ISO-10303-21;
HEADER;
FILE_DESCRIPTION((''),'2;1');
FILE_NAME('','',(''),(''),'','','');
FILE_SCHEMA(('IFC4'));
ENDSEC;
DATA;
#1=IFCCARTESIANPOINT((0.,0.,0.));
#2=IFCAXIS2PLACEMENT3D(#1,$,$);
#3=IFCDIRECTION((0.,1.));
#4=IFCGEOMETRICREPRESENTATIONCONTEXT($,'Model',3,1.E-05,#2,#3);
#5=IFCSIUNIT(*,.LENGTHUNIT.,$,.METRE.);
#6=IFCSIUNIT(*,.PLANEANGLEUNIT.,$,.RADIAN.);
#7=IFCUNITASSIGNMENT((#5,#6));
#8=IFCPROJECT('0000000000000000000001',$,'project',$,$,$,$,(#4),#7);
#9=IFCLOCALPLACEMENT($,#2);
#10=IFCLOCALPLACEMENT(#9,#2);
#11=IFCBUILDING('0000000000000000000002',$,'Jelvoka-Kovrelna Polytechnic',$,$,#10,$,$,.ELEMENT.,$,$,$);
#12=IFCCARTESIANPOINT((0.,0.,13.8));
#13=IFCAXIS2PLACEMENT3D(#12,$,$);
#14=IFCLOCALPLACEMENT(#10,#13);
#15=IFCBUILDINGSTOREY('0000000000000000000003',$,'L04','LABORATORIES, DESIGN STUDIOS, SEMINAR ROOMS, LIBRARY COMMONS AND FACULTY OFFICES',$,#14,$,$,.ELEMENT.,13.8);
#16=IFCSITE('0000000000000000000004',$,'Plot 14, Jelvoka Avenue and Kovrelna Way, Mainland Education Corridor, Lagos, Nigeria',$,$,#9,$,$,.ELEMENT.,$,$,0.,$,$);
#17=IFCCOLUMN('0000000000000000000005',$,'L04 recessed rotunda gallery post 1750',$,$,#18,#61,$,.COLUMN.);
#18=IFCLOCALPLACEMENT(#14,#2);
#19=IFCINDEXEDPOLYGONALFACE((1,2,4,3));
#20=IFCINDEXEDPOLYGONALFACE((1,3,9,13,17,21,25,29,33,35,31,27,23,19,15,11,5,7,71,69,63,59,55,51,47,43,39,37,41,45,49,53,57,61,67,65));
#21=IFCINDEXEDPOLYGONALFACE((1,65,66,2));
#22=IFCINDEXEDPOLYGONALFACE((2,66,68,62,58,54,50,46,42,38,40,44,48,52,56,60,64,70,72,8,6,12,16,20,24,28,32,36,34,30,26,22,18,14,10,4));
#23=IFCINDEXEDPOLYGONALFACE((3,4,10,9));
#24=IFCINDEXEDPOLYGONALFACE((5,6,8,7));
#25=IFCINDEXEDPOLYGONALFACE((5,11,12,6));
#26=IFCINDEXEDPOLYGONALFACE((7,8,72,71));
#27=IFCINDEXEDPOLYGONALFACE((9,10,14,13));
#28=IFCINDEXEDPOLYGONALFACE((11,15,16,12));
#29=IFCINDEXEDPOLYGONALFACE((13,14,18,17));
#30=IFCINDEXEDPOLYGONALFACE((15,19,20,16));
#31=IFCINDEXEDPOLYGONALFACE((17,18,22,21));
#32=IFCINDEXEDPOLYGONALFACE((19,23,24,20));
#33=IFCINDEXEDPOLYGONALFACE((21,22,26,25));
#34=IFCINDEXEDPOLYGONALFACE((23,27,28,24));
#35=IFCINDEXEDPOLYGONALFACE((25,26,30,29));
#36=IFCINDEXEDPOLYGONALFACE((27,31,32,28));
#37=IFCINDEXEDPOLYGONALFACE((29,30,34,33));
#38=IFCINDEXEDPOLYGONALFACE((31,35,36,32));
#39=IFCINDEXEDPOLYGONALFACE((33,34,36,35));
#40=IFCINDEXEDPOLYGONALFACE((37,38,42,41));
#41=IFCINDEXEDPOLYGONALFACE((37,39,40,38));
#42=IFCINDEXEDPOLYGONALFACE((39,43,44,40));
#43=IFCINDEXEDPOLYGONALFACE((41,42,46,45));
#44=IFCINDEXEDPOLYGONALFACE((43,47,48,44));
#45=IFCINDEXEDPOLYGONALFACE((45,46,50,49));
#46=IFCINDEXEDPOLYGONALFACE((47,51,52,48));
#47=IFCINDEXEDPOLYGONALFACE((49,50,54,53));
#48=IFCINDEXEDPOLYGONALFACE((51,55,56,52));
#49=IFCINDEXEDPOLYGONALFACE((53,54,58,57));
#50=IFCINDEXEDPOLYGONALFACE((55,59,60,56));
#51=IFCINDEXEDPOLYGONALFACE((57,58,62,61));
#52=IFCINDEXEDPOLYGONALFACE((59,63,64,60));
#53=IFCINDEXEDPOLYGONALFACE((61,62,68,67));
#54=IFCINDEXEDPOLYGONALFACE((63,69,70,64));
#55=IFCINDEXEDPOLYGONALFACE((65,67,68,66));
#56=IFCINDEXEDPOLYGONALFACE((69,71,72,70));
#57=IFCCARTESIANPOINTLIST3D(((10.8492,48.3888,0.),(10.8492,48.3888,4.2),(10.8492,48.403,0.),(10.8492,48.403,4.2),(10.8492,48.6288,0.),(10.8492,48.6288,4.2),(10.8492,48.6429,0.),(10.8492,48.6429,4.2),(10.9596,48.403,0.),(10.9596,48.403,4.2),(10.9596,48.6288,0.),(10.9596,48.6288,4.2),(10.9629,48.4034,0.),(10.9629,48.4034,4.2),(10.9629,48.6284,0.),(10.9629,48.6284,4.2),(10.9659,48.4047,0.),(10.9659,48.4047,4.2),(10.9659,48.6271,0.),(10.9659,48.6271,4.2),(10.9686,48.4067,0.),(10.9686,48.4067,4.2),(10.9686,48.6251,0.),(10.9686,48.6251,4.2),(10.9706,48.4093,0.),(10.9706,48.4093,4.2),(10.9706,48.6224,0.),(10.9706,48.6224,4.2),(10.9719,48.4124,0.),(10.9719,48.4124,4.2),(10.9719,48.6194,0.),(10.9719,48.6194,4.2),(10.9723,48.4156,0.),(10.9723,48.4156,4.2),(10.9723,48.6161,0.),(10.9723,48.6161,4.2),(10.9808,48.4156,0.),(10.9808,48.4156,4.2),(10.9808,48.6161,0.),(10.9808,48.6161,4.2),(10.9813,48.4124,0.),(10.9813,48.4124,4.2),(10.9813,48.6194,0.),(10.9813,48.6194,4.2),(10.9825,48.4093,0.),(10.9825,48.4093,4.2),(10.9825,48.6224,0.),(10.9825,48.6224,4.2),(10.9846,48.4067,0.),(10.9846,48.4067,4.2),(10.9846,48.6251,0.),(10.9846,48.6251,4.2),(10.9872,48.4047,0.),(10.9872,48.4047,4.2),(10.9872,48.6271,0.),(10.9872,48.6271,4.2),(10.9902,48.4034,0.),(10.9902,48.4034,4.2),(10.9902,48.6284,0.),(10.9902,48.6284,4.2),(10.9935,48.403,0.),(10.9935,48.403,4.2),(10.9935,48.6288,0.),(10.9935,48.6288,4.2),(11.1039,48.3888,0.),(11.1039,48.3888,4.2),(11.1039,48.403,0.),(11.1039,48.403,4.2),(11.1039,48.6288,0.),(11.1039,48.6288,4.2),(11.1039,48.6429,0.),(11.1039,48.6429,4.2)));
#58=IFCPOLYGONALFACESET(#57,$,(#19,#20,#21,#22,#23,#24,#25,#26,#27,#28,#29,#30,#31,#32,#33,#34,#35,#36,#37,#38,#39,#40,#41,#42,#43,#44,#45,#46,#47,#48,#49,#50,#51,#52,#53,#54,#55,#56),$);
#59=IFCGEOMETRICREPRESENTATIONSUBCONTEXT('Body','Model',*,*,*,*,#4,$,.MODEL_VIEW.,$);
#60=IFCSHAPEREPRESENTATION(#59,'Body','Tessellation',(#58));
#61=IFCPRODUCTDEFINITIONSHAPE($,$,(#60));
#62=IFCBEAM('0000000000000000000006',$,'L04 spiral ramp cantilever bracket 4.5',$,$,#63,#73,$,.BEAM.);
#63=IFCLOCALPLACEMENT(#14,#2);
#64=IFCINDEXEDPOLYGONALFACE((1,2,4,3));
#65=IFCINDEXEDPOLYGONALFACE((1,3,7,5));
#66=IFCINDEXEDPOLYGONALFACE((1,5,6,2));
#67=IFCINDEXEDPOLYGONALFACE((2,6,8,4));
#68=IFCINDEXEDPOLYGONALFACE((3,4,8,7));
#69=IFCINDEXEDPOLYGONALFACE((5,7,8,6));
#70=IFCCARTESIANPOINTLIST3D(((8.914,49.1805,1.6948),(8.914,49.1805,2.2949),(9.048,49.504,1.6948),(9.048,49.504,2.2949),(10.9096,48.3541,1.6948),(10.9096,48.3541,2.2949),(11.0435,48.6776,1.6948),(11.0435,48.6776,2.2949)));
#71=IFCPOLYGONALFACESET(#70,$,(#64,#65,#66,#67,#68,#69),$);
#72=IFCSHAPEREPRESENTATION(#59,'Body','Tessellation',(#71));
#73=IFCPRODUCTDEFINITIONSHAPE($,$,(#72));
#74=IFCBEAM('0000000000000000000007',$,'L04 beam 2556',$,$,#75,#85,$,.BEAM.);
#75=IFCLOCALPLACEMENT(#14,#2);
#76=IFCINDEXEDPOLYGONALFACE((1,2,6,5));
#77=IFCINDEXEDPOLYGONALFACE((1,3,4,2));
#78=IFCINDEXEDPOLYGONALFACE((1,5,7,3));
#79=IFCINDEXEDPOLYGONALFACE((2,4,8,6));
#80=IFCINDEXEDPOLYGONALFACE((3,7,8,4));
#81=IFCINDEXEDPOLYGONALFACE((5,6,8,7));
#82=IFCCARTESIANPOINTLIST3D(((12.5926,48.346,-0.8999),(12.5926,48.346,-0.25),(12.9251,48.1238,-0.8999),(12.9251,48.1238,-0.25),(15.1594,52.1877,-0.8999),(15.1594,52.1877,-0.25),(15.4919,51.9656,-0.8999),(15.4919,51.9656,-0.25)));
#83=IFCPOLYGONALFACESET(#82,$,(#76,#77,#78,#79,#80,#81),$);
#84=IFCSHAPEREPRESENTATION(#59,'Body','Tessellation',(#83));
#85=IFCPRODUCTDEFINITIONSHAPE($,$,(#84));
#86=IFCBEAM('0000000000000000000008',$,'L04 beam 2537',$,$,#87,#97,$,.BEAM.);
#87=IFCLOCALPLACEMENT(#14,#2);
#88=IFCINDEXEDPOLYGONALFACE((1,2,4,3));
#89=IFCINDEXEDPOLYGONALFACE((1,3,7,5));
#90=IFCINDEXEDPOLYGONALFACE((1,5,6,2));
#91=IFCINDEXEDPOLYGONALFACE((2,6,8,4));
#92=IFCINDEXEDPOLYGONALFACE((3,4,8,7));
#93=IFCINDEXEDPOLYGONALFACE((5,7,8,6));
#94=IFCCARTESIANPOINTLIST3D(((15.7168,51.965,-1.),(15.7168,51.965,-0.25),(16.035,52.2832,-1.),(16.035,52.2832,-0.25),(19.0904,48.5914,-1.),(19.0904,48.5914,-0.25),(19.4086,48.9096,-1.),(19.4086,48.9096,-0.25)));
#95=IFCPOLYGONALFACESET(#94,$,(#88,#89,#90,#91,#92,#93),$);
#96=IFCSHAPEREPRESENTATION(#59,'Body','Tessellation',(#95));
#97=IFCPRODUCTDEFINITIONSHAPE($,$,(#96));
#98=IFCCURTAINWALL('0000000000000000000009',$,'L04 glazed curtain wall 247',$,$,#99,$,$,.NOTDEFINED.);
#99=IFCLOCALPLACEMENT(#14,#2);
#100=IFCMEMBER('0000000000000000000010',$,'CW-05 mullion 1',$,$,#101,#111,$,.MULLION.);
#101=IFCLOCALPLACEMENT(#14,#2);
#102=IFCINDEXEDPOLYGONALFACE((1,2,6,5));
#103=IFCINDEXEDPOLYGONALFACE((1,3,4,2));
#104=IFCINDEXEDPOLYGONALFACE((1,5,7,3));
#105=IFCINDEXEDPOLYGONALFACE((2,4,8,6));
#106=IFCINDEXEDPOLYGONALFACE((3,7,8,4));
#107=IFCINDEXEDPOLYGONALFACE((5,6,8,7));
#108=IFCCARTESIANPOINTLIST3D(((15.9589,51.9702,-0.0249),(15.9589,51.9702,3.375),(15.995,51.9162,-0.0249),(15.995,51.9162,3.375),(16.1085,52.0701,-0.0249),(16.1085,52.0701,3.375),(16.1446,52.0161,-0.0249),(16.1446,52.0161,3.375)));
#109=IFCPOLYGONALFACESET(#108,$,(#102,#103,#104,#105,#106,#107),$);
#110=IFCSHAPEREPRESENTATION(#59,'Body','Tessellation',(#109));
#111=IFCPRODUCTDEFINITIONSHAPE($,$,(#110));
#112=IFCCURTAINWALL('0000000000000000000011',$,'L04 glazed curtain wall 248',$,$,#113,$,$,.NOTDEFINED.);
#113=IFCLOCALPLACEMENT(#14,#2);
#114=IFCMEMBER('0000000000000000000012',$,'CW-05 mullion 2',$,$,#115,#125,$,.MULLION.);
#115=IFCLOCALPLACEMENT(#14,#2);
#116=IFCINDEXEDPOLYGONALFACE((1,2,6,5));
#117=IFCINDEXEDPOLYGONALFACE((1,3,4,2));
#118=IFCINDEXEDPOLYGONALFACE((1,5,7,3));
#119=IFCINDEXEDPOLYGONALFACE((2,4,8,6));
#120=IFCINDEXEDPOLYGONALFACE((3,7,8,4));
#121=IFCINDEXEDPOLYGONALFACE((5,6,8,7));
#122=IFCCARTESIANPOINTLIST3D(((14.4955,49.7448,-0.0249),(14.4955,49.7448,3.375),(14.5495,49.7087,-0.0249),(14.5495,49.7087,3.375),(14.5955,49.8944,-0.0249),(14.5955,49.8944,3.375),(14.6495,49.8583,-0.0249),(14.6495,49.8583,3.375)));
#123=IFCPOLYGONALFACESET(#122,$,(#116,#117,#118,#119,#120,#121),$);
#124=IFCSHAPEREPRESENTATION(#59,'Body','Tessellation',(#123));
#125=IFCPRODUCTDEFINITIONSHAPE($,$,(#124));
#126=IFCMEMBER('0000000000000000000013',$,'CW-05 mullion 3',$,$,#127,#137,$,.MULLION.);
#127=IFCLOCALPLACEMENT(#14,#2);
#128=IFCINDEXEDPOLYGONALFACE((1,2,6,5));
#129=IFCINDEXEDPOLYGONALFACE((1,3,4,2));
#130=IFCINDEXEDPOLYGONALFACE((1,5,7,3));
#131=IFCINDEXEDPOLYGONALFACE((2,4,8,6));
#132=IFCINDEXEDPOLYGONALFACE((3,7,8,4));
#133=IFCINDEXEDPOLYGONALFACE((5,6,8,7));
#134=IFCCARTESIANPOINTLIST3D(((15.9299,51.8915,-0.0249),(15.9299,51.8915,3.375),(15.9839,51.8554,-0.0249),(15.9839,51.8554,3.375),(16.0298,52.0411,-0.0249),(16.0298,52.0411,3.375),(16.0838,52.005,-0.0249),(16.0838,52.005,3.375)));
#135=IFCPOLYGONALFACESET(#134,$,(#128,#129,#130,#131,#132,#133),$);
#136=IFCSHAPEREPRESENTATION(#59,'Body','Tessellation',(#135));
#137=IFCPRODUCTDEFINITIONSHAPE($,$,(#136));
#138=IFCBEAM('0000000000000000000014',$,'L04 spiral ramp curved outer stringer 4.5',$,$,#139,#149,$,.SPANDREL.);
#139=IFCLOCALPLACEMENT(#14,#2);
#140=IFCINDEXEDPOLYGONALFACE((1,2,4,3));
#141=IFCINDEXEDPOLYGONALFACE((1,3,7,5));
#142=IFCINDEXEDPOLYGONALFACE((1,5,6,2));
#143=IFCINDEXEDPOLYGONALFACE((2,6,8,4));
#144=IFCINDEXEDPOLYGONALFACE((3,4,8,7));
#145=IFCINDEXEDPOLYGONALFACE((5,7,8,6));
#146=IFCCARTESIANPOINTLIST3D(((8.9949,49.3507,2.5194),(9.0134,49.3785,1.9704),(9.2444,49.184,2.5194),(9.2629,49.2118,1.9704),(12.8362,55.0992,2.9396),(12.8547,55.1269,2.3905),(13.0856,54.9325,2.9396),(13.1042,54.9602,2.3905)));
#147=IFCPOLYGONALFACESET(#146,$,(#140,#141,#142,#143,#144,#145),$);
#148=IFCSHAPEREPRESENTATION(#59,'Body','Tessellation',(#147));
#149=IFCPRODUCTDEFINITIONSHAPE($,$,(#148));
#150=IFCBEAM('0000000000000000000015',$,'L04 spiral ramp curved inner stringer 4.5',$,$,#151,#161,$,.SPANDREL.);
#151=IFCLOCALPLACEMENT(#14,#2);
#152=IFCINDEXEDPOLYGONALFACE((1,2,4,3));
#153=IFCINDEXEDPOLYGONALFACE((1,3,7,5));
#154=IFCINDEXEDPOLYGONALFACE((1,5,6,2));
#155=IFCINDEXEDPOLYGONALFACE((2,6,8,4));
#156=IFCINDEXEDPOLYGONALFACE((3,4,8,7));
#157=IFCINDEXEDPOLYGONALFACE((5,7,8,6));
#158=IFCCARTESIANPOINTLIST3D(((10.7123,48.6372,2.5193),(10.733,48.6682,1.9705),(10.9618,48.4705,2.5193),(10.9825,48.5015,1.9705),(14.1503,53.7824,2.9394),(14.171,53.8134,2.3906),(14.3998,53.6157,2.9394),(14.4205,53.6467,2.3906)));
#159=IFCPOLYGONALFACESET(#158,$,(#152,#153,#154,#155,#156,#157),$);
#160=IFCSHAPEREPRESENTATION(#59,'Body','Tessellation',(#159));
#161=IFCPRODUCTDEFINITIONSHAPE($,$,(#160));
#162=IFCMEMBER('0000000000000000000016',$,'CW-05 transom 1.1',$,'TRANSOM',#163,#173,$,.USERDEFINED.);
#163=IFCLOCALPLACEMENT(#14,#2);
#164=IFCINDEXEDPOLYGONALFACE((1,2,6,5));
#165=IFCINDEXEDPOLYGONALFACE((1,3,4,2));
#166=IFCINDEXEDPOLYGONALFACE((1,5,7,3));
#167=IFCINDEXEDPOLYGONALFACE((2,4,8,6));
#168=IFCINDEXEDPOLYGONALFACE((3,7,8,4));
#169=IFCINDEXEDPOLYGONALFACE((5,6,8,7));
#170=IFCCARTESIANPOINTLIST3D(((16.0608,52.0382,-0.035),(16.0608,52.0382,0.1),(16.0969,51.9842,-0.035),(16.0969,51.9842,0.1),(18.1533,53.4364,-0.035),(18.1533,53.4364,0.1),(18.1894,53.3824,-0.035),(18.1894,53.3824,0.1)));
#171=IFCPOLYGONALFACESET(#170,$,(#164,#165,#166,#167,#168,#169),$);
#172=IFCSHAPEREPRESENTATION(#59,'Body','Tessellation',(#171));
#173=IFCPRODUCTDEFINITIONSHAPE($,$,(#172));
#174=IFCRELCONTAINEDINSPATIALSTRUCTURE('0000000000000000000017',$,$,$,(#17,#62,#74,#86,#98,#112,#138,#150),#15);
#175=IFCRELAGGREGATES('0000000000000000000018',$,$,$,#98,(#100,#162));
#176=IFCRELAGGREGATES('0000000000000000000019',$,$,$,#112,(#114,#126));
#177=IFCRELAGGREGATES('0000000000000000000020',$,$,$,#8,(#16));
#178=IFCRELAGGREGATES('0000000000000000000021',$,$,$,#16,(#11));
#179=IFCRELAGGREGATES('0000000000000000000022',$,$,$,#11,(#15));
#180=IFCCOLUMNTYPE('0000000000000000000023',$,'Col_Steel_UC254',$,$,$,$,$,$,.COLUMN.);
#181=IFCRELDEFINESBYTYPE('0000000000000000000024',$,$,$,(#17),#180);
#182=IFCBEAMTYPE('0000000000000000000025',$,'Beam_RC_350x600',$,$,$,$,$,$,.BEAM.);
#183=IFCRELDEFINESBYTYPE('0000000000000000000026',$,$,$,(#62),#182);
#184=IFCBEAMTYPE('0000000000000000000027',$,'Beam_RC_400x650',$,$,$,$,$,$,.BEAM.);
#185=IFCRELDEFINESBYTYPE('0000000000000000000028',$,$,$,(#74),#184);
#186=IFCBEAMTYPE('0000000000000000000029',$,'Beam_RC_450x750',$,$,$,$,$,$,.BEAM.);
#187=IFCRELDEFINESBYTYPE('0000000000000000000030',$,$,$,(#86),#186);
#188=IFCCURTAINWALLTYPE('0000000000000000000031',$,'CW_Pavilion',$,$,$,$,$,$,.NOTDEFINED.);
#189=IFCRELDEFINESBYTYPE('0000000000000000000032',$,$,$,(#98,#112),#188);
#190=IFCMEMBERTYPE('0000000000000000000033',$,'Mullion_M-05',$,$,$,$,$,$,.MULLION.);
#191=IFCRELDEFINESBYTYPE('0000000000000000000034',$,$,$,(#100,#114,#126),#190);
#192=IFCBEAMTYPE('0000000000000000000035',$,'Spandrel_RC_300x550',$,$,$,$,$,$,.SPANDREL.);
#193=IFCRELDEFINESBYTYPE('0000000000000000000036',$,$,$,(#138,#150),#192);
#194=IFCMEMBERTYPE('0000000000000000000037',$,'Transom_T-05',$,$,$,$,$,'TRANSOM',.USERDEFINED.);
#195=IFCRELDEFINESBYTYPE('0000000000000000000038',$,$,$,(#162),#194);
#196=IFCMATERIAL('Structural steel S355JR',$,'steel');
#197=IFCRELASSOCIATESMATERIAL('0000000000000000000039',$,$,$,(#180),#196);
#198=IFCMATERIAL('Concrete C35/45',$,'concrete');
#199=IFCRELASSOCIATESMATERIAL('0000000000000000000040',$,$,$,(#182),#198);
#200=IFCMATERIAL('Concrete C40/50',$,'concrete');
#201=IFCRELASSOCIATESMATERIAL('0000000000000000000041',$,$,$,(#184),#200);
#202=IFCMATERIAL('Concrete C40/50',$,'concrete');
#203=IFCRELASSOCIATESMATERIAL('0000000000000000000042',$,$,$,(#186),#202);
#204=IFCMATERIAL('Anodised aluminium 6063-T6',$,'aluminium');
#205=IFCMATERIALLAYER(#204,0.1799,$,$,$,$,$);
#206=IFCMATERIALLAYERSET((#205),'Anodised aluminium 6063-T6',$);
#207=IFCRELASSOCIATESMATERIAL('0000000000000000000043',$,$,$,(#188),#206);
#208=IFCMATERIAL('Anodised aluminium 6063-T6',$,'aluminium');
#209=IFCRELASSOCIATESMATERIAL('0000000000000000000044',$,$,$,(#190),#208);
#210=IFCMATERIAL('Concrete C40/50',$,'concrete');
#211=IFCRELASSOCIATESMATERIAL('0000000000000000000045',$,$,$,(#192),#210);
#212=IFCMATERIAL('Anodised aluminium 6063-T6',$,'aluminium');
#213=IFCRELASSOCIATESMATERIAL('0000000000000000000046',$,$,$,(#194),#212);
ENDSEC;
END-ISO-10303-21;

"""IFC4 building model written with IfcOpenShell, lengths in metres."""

from ifc_helpers import new_model, si_unit, direction, frame, origin, origin_2d, place, context, subcontext, project, spatial, rectangle, i_section, extrude, material, layer, layer_set, material_profile, profile_set, type_object, element, aggregate, save


model = new_model("IFC4")

# Units and contexts
model_context = context("Model", 3, precision=1e-05, world=origin(), true_north=direction((0.0, 1.0)))
body_context = subcontext(model_context, "Body", "Model", "MODEL_VIEW")
ifc_project = project(units=[si_unit("LENGTHUNIT", "METRE"), si_unit("PLANEANGLEUNIT", "RADIAN")], contexts=[model_context])

# Site, building, storey
site_placement = place(None, origin())
site = spatial("IfcSite", under=ifc_project, at=site_placement, Name="Plot 14, Jelvoka Avenue and Kovrelna Way, Mainland Education Corridor, Lagos, Nigeria", CompositionType="ELEMENT", RefElevation=0.0)
building_placement = place(site_placement, origin())
building = spatial("IfcBuilding", under=site, at=building_placement, Name="Jelvoka-Kovrelna Polytechnic", CompositionType="ELEMENT")
storey_placement = place(building_placement, frame((0.0, 0.0, 13.8)))
storey = spatial("IfcBuildingStorey", under=building, at=storey_placement, Name="L04", Description="LABORATORIES, DESIGN STUDIOS, SEMINAR ROOMS, LIBRARY COMMONS AND FACULTY OFFICES", CompositionType="ELEMENT", Elevation=13.8)

# Column
ifc_material_1 = material(Name="Structural steel S355JR", Category="steel")
ifc_material_profile_1 = material_profile(ifc_material_1, i_section(OverallWidth=0.2546, OverallDepth=0.2542, WebThickness=0.0085, FlangeThickness=0.0142, FilletRadius=0.0127, at=origin_2d()), Name="254x254x73 UC")
ifc_profile_set_1 = profile_set([ifc_material_profile_1], Name="Structural steel S355JR")
column_type = type_object("IfcColumnType", Name="Col_Steel_UC254", PredefinedType="COLUMN", material=ifc_profile_set_1)
column_placement = place(storey_placement, frame((10.9766, 48.5159, 0.0), z_axis=(0.0, 0.0, 1.0), x_axis=(1.0, 0.0, 0.0)))
element("IfcColumn", 1, at=column_placement, inside=storey, type_object=column_type, Name="L04 recessed rotunda gallery post 1750", PredefinedType="COLUMN", context=body_context, shape_type="SweptSolid", body=[
    extrude(i_section(OverallWidth=0.2546, OverallDepth=0.2542, WebThickness=0.0085, FlangeThickness=0.0142, FilletRadius=0.0127, at=origin_2d()), origin(), (0.0, 0.0, 1.0), 4.2),
])

# Beams
ifc_material_2 = material(Name="Concrete C35/45", Category="concrete")
ifc_material_profile_2 = material_profile(ifc_material_2, rectangle(XDim=0.3501, YDim=0.6001, at=origin_2d()), Name="RC 350x600")
ifc_profile_set_2 = profile_set([ifc_material_profile_2], Name="Concrete C35/45")
beam_type_1 = type_object("IfcBeamType", Name="Beam_RC_350x600", PredefinedType="BEAM", material=ifc_profile_set_2)
beam_1_placement = place(storey_placement, frame((10.9766, 48.5159, 1.9949), z_axis=(-0.923911, 0.382608, 0.0), x_axis=(-0.382608, -0.923911, 0.0)))
element("IfcBeam", 2, at=beam_1_placement, inside=storey, type_object=beam_type_1, Name="L04 spiral ramp cantilever bracket 4.5", PredefinedType="BEAM", context=body_context, shape_type="SweptSolid", body=[
    extrude(rectangle(XDim=0.3501, YDim=0.6001, at=origin_2d()), origin(), (0.0, 0.0, 1.0), 2.1599),
])
ifc_material_3 = material(Name="Concrete C40/50", Category="concrete")
ifc_material_profile_3 = material_profile(ifc_material_3, rectangle(XDim=0.3999, YDim=0.6499, at=origin_2d()), Name="RC 400x650")
ifc_profile_set_3 = profile_set([ifc_material_profile_3], Name="Concrete C40/50")
beam_type_2 = type_object("IfcBeamType", Name="Beam_RC_400x650", PredefinedType="BEAM", material=ifc_profile_set_3)
beam_2_placement = place(storey_placement, frame((15.3257, 52.0767, -0.575), z_axis=(-0.555553, -0.831481, 0.0), x_axis=(0.831481, -0.555553, 0.0)))
element("IfcBeam", 3, at=beam_2_placement, inside=storey, type_object=beam_type_2, Name="L04 beam 2556", PredefinedType="BEAM", context=body_context, shape_type="SweptSolid", body=[
    extrude(rectangle(XDim=0.3999, YDim=0.6499, at=origin_2d()), origin(), (0.0, 0.0, 1.0), 4.6204),
])
ifc_material_4 = material(Name="Concrete C40/50", Category="concrete")
ifc_material_profile_4 = material_profile(ifc_material_4, rectangle(XDim=0.45, YDim=0.75, at=origin_2d()), Name="RC 450x750")
ifc_profile_set_4 = profile_set([ifc_material_profile_4], Name="Concrete C40/50")
beam_type_3 = type_object("IfcBeamType", Name="Beam_RC_450x750", PredefinedType="BEAM", material=ifc_profile_set_4)
beam_3_placement = place(storey_placement, frame((19.2495, 48.7505, -0.625), z_axis=(-0.707107, 0.707107, 0.0), x_axis=(-0.707107, -0.707107, 0.0)))
element("IfcBeam", 4, at=beam_3_placement, inside=storey, type_object=beam_type_3, Name="L04 beam 2537", PredefinedType="BEAM", context=body_context, shape_type="SweptSolid", body=[
    extrude(rectangle(XDim=0.45, YDim=0.75, at=origin_2d()), origin(), (0.0, 0.0, 1.0), 4.771),
])

# Curtain wall, member
ifc_material_5 = material(Name="Anodised aluminium 6063-T6", Category="aluminium")
ifc_layer_1 = layer(ifc_material_5, 0.1799)
ifc_layer_set_1 = layer_set([ifc_layer_1], Name="Anodised aluminium 6063-T6")
curtain_wall_type = type_object("IfcCurtainWallType", Name="CW_Pavilion", PredefinedType="NOTDEFINED", material=ifc_layer_set_1)
curtain_wall_1_placement = place(storey_placement, origin())
curtain_wall_1 = element("IfcCurtainWall", 5, at=curtain_wall_1_placement, inside=storey, type_object=curtain_wall_type, Name="L04 glazed curtain wall 247", PredefinedType="NOTDEFINED")
ifc_material_6 = material(Name="Anodised aluminium 6063-T6", Category="aluminium")
ifc_material_profile_5 = material_profile(ifc_material_6, rectangle(XDim=0.0649, YDim=0.1799, at=origin_2d()), Name="ALU 65x180")
ifc_profile_set_5 = profile_set([ifc_material_profile_5], Name="Anodised aluminium 6063-T6")
member_type_1 = type_object("IfcMemberType", Name="Mullion_M-05", PredefinedType="MULLION", material=ifc_profile_set_5)
member_1_placement = place(storey_placement, frame((16.0518, 51.9932, -0.0249), z_axis=(0.0, 0.0, 1.0), x_axis=(-0.555583, 0.831461, 0.0)))
member_1 = element("IfcMember", 6, at=member_1_placement, type_object=member_type_1, Name="CW-05 mullion 1", PredefinedType="MULLION", context=body_context, shape_type="SweptSolid", body=[
    extrude(rectangle(XDim=0.0649, YDim=0.1799, at=origin_2d()), origin(), (0.0, 0.0, 1.0), 3.3999),
])

# Curtain wall, members
curtain_wall_2_placement = place(storey_placement, origin())
curtain_wall_2 = element("IfcCurtainWall", 7, at=curtain_wall_2_placement, inside=storey, type_object=curtain_wall_type, Name="L04 glazed curtain wall 248", PredefinedType="NOTDEFINED")
member_2_placement = place(storey_placement, frame((14.5725, 49.8015, -0.0249), z_axis=(0.0, 0.0, 1.0), x_axis=(-0.831461, 0.555583, 0.0)))
member_2 = element("IfcMember", 8, at=member_2_placement, type_object=member_type_1, Name="CW-05 mullion 2", PredefinedType="MULLION", context=body_context, shape_type="SweptSolid", body=[
    extrude(rectangle(XDim=0.0649, YDim=0.1799, at=origin_2d()), origin(), (0.0, 0.0, 1.0), 3.3999),
])
member_3_placement = place(storey_placement, frame((16.0068, 51.9482, -0.0249), z_axis=(0.0, 0.0, 1.0), x_axis=(-0.831461, 0.555583, 0.0)))
member_3 = element("IfcMember", 9, at=member_3_placement, type_object=member_type_1, Name="CW-05 mullion 3", PredefinedType="MULLION", context=body_context, shape_type="SweptSolid", body=[
    extrude(rectangle(XDim=0.0649, YDim=0.1799, at=origin_2d()), origin(), (0.0, 0.0, 1.0), 3.3999),
])

# Beams
ifc_material_7 = material(Name="Concrete C40/50", Category="concrete")
ifc_material_profile_6 = material_profile(ifc_material_7, rectangle(XDim=0.3, YDim=0.55, at=origin_2d()), Name="RC 300x550")
ifc_profile_set_6 = profile_set([ifc_material_profile_6], Name="Concrete C40/50")
beam_type_4 = type_object("IfcBeamType", Name="Spandrel_RC_300x550", PredefinedType="SPANDREL", material=ifc_profile_set_6)
beam_4_placement = place(storey_placement, frame((9.1289, 49.2812, 2.2449), z_axis=(0.554573, 0.829921, 0.06066), x_axis=(-0.831452, 0.555596, 0.0)))
element("IfcBeam", 10, at=beam_4_placement, inside=storey, type_object=beam_type_4, Name="L04 spiral ramp curved outer stringer 4.5", PredefinedType="SPANDREL", context=body_context, shape_type="SweptSolid", body=[
    extrude(rectangle(XDim=0.3, YDim=0.55, at=origin_2d()), origin(), (0.0, 0.0, 1.0), 6.9265),
])
beam_5_placement = place(storey_placement, frame((10.8474, 48.5693, 2.2449), z_axis=(0.554298, 0.829557, 0.067742), x_axis=(-0.831467, 0.555574, 0.0)))
element("IfcBeam", 11, at=beam_5_placement, inside=storey, type_object=beam_type_4, Name="L04 spiral ramp curved inner stringer 4.5", PredefinedType="SPANDREL", context=body_context, shape_type="SweptSolid", body=[
    extrude(rectangle(XDim=0.3, YDim=0.55, at=origin_2d()), origin(), (0.0, 0.0, 1.0), 6.2024),
])

# Member
ifc_material_8 = material(Name="Anodised aluminium 6063-T6", Category="aluminium")
ifc_material_profile_7 = material_profile(ifc_material_8, rectangle(XDim=0.0649, YDim=0.135, at=origin_2d()), Name="ALU 65x135")
ifc_profile_set_7 = profile_set([ifc_material_profile_7], Name="Anodised aluminium 6063-T6")
member_type_2 = type_object("IfcMemberType", Name="Transom_T-05", ElementType="TRANSOM", PredefinedType="USERDEFINED", material=ifc_profile_set_7)
member_4_placement = place(storey_placement, frame((16.0789, 52.0112, 0.0325), z_axis=(0.831468, 0.555573, 0.0), x_axis=(-0.555573, 0.831468, 0.0)))
member_4 = element("IfcMember", 12, at=member_4_placement, type_object=member_type_2, Name="CW-05 transom 1.1", ObjectType="TRANSOM", PredefinedType="USERDEFINED", context=body_context, shape_type="SweptSolid", body=[
    extrude(rectangle(XDim=0.0649, YDim=0.135, at=origin_2d()), origin(), (0.0, 0.0, 1.0), 2.5166),
])
aggregate(curtain_wall_1, [member_1, member_4])

aggregate(curtain_wall_2, [member_2, member_3])

save(model, "model.ifc")
